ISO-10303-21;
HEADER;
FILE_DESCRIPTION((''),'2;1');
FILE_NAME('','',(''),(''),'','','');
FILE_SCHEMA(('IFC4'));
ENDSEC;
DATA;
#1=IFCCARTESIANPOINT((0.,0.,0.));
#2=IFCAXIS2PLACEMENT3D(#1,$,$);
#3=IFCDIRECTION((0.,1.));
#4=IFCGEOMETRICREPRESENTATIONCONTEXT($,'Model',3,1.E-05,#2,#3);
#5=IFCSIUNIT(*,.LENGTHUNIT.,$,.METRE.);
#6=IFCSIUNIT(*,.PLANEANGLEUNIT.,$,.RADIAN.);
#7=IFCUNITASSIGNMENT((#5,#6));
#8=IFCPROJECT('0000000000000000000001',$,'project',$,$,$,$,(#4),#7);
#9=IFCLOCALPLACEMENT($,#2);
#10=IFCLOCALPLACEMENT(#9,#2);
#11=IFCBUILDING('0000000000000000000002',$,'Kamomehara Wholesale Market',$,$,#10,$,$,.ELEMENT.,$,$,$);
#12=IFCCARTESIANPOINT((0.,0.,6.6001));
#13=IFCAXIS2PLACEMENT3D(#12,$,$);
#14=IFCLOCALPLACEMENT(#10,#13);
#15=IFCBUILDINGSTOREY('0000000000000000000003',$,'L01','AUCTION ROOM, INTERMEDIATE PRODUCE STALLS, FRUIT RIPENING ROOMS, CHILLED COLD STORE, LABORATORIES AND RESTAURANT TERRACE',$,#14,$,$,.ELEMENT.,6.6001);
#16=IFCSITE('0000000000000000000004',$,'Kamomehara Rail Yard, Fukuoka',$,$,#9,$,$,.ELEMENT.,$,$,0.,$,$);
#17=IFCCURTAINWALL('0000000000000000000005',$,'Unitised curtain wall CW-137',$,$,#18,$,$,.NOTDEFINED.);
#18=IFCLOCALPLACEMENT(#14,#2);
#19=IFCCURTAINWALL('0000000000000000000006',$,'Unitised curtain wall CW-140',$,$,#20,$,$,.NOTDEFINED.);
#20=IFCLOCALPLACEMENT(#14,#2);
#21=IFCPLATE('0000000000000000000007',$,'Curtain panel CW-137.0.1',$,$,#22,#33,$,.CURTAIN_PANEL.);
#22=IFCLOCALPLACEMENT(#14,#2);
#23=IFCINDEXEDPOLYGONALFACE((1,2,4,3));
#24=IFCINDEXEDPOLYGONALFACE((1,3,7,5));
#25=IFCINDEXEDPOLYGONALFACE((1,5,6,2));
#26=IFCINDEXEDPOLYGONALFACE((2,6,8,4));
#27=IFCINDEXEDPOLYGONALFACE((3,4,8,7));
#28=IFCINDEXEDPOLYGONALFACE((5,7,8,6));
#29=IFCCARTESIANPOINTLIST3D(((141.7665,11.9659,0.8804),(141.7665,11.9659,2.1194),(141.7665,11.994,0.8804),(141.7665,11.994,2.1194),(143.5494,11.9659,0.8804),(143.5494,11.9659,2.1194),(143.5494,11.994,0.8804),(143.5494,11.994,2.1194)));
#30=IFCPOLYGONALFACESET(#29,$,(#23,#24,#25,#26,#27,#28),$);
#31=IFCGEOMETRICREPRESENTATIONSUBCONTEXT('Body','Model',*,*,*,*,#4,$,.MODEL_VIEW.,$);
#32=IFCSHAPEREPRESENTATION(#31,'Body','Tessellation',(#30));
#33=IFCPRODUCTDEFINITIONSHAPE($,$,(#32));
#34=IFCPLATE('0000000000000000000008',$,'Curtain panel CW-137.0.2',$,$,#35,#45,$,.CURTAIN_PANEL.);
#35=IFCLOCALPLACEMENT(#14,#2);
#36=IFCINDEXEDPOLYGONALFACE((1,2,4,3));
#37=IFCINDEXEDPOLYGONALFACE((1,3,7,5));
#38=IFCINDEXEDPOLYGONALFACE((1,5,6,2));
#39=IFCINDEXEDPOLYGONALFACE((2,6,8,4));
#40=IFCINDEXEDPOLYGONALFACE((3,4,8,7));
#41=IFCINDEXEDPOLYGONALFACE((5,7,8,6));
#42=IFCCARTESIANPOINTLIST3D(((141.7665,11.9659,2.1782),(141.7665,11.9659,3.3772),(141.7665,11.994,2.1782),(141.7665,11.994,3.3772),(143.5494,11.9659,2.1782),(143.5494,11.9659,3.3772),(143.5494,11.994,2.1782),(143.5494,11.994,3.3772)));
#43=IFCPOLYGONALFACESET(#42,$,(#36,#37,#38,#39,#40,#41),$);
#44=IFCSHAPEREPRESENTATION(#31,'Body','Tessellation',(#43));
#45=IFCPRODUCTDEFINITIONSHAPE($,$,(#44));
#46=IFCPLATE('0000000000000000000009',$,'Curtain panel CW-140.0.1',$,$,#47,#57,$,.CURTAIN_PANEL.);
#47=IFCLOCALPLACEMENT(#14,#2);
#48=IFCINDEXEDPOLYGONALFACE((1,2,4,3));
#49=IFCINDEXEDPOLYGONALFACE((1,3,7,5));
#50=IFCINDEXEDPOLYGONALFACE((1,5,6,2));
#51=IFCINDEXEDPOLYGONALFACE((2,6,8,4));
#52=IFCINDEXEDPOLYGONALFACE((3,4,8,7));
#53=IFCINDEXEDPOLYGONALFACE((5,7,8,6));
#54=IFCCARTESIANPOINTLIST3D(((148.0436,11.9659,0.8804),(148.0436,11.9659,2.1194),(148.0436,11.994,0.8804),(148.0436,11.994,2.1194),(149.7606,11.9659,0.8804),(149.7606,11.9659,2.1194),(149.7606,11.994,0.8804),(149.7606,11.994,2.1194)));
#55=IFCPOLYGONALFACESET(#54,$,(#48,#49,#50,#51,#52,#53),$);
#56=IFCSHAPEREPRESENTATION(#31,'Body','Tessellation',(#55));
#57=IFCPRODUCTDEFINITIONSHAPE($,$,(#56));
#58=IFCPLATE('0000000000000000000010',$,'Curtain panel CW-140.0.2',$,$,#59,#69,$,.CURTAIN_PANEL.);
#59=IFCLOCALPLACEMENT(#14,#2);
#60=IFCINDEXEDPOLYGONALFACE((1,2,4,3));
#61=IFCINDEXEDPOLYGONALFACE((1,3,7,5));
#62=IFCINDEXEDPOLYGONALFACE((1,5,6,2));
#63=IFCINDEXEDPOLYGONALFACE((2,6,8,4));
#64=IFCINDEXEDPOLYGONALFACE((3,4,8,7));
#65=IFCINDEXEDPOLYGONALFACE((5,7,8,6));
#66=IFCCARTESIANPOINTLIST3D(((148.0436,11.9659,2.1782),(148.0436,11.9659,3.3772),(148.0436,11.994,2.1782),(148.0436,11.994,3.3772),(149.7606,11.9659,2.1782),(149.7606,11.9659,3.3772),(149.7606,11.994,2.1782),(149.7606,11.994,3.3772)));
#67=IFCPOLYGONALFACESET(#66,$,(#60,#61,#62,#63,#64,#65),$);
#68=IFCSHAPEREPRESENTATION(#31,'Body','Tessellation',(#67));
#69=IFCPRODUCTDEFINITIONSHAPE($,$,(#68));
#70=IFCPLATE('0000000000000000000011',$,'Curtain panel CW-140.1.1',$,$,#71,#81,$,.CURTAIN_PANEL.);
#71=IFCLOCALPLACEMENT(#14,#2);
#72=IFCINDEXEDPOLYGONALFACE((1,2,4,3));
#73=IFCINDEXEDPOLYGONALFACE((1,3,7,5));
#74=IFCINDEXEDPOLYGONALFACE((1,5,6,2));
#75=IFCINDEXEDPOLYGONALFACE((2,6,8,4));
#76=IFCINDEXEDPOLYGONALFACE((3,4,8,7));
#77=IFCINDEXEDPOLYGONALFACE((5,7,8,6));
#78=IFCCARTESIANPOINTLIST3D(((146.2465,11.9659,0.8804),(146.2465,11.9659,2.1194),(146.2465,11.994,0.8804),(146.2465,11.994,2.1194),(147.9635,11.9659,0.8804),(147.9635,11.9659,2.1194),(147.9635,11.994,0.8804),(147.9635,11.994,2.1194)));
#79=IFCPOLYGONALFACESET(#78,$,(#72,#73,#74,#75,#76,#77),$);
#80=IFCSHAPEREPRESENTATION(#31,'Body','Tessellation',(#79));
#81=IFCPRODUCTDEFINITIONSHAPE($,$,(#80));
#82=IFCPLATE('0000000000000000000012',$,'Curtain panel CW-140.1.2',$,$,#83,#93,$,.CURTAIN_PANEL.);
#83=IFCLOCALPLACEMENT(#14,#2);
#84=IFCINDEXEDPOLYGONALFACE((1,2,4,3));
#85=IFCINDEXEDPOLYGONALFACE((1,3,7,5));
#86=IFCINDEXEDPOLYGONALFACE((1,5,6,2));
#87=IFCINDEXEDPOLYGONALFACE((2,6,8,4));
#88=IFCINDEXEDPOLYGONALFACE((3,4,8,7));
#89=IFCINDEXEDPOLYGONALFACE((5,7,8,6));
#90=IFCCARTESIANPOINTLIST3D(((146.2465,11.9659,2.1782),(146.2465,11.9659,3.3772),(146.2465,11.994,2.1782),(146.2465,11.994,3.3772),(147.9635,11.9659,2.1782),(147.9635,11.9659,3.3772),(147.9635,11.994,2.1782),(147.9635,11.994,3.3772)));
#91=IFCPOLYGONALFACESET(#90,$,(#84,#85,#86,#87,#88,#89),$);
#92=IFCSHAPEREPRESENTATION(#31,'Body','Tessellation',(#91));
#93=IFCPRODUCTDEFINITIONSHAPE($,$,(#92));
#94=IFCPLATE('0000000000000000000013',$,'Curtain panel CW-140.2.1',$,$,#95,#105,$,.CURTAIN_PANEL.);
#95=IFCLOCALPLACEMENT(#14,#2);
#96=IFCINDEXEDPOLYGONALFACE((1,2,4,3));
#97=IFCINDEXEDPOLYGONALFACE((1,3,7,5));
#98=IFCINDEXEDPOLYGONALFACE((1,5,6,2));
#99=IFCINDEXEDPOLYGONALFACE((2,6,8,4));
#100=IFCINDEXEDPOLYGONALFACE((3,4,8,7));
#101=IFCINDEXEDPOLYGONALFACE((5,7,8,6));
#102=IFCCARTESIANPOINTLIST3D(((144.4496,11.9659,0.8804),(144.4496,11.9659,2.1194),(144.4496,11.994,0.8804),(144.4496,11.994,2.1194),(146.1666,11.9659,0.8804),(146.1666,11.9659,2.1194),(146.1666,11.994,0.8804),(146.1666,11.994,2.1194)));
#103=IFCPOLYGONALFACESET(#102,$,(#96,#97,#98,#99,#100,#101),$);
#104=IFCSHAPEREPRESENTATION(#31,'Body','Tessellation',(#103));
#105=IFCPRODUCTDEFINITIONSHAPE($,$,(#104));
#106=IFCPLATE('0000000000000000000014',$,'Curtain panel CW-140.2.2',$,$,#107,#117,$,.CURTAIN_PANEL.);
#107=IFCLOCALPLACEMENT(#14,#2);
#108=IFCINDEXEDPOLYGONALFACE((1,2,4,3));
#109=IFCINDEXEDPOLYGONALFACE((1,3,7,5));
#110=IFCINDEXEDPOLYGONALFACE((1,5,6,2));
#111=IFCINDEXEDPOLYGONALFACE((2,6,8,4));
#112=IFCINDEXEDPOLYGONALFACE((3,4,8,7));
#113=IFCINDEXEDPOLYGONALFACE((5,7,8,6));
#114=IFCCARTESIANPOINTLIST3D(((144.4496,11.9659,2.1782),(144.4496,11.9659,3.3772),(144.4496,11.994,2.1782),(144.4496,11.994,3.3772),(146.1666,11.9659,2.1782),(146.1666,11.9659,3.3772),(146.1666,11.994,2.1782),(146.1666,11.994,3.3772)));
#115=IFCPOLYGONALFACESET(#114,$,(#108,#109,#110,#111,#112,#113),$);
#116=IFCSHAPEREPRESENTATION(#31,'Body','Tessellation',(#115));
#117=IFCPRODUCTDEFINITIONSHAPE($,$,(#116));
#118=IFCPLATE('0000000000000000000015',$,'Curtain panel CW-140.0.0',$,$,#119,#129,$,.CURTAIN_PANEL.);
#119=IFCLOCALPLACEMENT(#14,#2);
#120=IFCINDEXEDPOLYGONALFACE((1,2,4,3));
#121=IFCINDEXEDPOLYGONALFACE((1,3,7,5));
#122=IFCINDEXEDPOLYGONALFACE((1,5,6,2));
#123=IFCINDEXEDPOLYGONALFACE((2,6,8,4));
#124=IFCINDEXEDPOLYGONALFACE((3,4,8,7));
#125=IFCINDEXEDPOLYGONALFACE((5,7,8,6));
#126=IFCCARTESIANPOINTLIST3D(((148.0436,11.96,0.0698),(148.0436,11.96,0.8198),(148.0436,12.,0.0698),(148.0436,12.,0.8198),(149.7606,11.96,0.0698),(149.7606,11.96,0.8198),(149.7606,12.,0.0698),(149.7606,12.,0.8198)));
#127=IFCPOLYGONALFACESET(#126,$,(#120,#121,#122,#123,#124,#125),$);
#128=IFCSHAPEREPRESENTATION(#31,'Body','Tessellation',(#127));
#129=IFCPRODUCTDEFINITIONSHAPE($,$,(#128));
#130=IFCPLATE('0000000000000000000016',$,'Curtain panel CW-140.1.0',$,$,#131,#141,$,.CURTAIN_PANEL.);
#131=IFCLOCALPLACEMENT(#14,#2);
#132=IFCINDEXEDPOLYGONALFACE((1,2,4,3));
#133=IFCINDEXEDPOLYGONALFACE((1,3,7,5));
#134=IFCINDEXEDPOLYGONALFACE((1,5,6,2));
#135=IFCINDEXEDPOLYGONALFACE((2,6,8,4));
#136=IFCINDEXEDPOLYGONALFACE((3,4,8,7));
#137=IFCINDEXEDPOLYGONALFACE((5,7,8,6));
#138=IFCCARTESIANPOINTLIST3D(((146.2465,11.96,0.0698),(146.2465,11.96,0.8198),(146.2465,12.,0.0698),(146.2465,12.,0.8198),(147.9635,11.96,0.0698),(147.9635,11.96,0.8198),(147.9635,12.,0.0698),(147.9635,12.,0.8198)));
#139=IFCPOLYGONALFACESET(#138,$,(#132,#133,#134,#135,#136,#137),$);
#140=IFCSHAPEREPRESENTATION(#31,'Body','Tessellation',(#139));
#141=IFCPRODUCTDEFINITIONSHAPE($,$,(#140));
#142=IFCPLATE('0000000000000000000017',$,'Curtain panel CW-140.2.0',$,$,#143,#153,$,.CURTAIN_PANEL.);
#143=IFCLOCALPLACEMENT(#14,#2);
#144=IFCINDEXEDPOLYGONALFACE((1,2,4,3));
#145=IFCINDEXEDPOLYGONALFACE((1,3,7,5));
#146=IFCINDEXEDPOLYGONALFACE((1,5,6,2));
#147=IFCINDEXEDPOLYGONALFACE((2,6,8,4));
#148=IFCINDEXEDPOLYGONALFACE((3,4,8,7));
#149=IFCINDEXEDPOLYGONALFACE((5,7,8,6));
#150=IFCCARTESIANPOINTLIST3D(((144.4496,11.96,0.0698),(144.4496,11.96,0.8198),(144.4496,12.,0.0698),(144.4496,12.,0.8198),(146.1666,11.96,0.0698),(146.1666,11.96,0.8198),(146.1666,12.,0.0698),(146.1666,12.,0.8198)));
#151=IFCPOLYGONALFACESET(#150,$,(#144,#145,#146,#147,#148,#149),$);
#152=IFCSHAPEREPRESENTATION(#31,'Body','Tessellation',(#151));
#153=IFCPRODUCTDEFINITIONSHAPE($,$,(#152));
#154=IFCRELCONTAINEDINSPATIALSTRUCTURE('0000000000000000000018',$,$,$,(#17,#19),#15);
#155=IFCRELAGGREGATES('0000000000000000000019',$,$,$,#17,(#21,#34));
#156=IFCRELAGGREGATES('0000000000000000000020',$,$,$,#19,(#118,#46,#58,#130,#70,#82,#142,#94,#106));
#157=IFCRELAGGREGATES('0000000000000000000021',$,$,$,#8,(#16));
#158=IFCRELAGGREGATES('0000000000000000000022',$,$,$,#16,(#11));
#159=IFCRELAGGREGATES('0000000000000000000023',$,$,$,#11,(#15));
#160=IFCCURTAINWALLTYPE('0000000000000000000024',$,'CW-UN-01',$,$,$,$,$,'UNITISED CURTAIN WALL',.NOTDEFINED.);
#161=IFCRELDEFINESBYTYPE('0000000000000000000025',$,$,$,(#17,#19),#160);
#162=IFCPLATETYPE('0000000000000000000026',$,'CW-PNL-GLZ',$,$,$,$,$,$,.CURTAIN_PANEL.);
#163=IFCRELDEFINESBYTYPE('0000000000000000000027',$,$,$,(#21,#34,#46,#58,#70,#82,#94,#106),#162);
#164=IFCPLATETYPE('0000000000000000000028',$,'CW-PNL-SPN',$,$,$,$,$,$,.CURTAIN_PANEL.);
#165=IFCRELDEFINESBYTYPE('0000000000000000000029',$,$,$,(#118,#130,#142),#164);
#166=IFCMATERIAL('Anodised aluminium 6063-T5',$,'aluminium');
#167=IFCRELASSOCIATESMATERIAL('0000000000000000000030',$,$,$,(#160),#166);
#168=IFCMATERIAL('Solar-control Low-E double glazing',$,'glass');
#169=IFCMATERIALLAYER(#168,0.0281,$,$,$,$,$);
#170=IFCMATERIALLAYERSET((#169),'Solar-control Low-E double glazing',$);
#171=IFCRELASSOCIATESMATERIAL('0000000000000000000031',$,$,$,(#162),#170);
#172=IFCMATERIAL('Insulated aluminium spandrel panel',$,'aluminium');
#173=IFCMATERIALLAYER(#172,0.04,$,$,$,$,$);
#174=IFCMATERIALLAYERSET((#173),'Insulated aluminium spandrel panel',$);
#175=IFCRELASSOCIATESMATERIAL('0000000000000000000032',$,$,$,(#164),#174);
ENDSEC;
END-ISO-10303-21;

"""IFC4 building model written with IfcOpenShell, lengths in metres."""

from ifc_helpers import new_model, si_unit, direction, frame, origin, origin_2d, place, context, subcontext, project, spatial, rectangle, extrude, material, layer, layer_set, type_object, element, aggregate, save


model = new_model("IFC4")

# Units and contexts
model_context = context("Model", 3, precision=1e-05, world=origin(), true_north=direction((0.0, 1.0)))
body_context = subcontext(model_context, "Body", "Model", "MODEL_VIEW")
ifc_project = project(units=[si_unit("LENGTHUNIT", "METRE"), si_unit("PLANEANGLEUNIT", "RADIAN")], contexts=[model_context])

# Site, building, storey
site_placement = place(None, origin())
site = spatial("IfcSite", under=ifc_project, at=site_placement, Name="Kamomehara Rail Yard, Fukuoka", CompositionType="ELEMENT", RefElevation=0.0)
building_placement = place(site_placement, origin())
building = spatial("IfcBuilding", under=site, at=building_placement, Name="Kamomehara Wholesale Market", CompositionType="ELEMENT")
storey_placement = place(building_placement, frame((0.0, 0.0, 6.6001)))
storey = spatial("IfcBuildingStorey", under=building, at=storey_placement, Name="L01", Description="AUCTION ROOM, INTERMEDIATE PRODUCE STALLS, FRUIT RIPENING ROOMS, CHILLED COLD STORE, LABORATORIES AND RESTAURANT TERRACE", CompositionType="ELEMENT", Elevation=6.6001)

# Curtain wall
ifc_material_1 = material(Name="Anodised aluminium 6063-T5", Category="aluminium")
curtain_wall_type = type_object("IfcCurtainWallType", Name="CW-UN-01", ElementType="UNITISED CURTAIN WALL", PredefinedType="NOTDEFINED", material=ifc_material_1)
curtain_wall_1_placement = place(storey_placement, origin())
curtain_wall_1 = element("IfcCurtainWall", 1, at=curtain_wall_1_placement, inside=storey, type_object=curtain_wall_type, Name="Unitised curtain wall CW-137", PredefinedType="NOTDEFINED")

# Curtain wall
curtain_wall_2_placement = place(storey_placement, origin())
curtain_wall_2 = element("IfcCurtainWall", 2, at=curtain_wall_2_placement, inside=storey, type_object=curtain_wall_type, Name="Unitised curtain wall CW-140", PredefinedType="NOTDEFINED")

# Plates
ifc_material_2 = material(Name="Solar-control Low-E double glazing", Category="glass")
ifc_layer_1 = layer(ifc_material_2, 0.0281)
ifc_layer_set_1 = layer_set([ifc_layer_1], Name="Solar-control Low-E double glazing")
plate_type_1 = type_object("IfcPlateType", Name="CW-PNL-GLZ", PredefinedType="CURTAIN_PANEL", material=ifc_layer_set_1)
plate_1_placement = place(storey_placement, frame((142.658, 11.98, 0.8804), z_axis=(0.0, 0.0, 1.0), x_axis=(-1.0, 0.0, 0.0)))
plate_1 = element("IfcPlate", 3, at=plate_1_placement, type_object=plate_type_1, Name="Curtain panel CW-137.0.1", PredefinedType="CURTAIN_PANEL", context=body_context, shape_type="SweptSolid", body=[
    extrude(rectangle(XDim=1.783, YDim=0.0281, at=origin_2d()), origin(), (0.0, 0.0, 1.0), 1.239),
])
plate_2_placement = place(storey_placement, frame((142.658, 11.98, 2.1782), z_axis=(0.0, 0.0, 1.0), x_axis=(-1.0, 0.0, 0.0)))
plate_2 = element("IfcPlate", 4, at=plate_2_placement, type_object=plate_type_1, Name="Curtain panel CW-137.0.2", PredefinedType="CURTAIN_PANEL", context=body_context, shape_type="SweptSolid", body=[
    extrude(rectangle(XDim=1.783, YDim=0.0281, at=origin_2d()), origin(), (0.0, 0.0, 1.0), 1.199),
])
aggregate(curtain_wall_1, [plate_1, plate_2])
plate_3_placement = place(storey_placement, frame((148.9021, 11.98, 0.8804), z_axis=(0.0, 0.0, 1.0), x_axis=(-1.0, 0.0, 0.0)))
plate_3 = element("IfcPlate", 5, at=plate_3_placement, type_object=plate_type_1, Name="Curtain panel CW-140.0.1", PredefinedType="CURTAIN_PANEL", context=body_context, shape_type="SweptSolid", body=[
    extrude(rectangle(XDim=1.717, YDim=0.0281, at=origin_2d()), origin(), (0.0, 0.0, 1.0), 1.239),
])
plate_4_placement = place(storey_placement, frame((148.9021, 11.98, 2.1782), z_axis=(0.0, 0.0, 1.0), x_axis=(-1.0, 0.0, 0.0)))
plate_4 = element("IfcPlate", 6, at=plate_4_placement, type_object=plate_type_1, Name="Curtain panel CW-140.0.2", PredefinedType="CURTAIN_PANEL", context=body_context, shape_type="SweptSolid", body=[
    extrude(rectangle(XDim=1.717, YDim=0.0281, at=origin_2d()), origin(), (0.0, 0.0, 1.0), 1.199),
])
plate_5_placement = place(storey_placement, frame((147.105, 11.98, 0.8804), z_axis=(0.0, 0.0, 1.0), x_axis=(-1.0, 0.0, 0.0)))
plate_5 = element("IfcPlate", 7, at=plate_5_placement, type_object=plate_type_1, Name="Curtain panel CW-140.1.1", PredefinedType="CURTAIN_PANEL", context=body_context, shape_type="SweptSolid", body=[
    extrude(rectangle(XDim=1.717, YDim=0.0281, at=origin_2d()), origin(), (0.0, 0.0, 1.0), 1.239),
])
plate_6_placement = place(storey_placement, frame((147.105, 11.98, 2.1782), z_axis=(0.0, 0.0, 1.0), x_axis=(-1.0, 0.0, 0.0)))
plate_6 = element("IfcPlate", 8, at=plate_6_placement, type_object=plate_type_1, Name="Curtain panel CW-140.1.2", PredefinedType="CURTAIN_PANEL", context=body_context, shape_type="SweptSolid", body=[
    extrude(rectangle(XDim=1.717, YDim=0.0281, at=origin_2d()), origin(), (0.0, 0.0, 1.0), 1.199),
])
plate_7_placement = place(storey_placement, frame((145.3081, 11.98, 0.8804), z_axis=(0.0, 0.0, 1.0), x_axis=(-1.0, 0.0, 0.0)))
plate_7 = element("IfcPlate", 9, at=plate_7_placement, type_object=plate_type_1, Name="Curtain panel CW-140.2.1", PredefinedType="CURTAIN_PANEL", context=body_context, shape_type="SweptSolid", body=[
    extrude(rectangle(XDim=1.717, YDim=0.0281, at=origin_2d()), origin(), (0.0, 0.0, 1.0), 1.239),
])
plate_8_placement = place(storey_placement, frame((145.3081, 11.98, 2.1782), z_axis=(0.0, 0.0, 1.0), x_axis=(-1.0, 0.0, 0.0)))
plate_8 = element("IfcPlate", 10, at=plate_8_placement, type_object=plate_type_1, Name="Curtain panel CW-140.2.2", PredefinedType="CURTAIN_PANEL", context=body_context, shape_type="SweptSolid", body=[
    extrude(rectangle(XDim=1.717, YDim=0.0281, at=origin_2d()), origin(), (0.0, 0.0, 1.0), 1.199),
])
ifc_material_3 = material(Name="Insulated aluminium spandrel panel", Category="aluminium")
ifc_layer_2 = layer(ifc_material_3, 0.04)
ifc_layer_set_2 = layer_set([ifc_layer_2], Name="Insulated aluminium spandrel panel")
plate_type_2 = type_object("IfcPlateType", Name="CW-PNL-SPN", PredefinedType="CURTAIN_PANEL", material=ifc_layer_set_2)
plate_9_placement = place(storey_placement, frame((148.9021, 11.98, 0.0698), z_axis=(0.0, 0.0, 1.0), x_axis=(-1.0, 0.0, 0.0)))
plate_9 = element("IfcPlate", 11, at=plate_9_placement, type_object=plate_type_2, Name="Curtain panel CW-140.0.0", PredefinedType="CURTAIN_PANEL", context=body_context, shape_type="SweptSolid", body=[
    extrude(rectangle(XDim=1.717, YDim=0.04, at=origin_2d()), origin(), (0.0, 0.0, 1.0), 0.75),
])
plate_10_placement = place(storey_placement, frame((147.105, 11.98, 0.0698), z_axis=(0.0, 0.0, 1.0), x_axis=(-1.0, 0.0, 0.0)))
plate_10 = element("IfcPlate", 12, at=plate_10_placement, type_object=plate_type_2, Name="Curtain panel CW-140.1.0", PredefinedType="CURTAIN_PANEL", context=body_context, shape_type="SweptSolid", body=[
    extrude(rectangle(XDim=1.717, YDim=0.04, at=origin_2d()), origin(), (0.0, 0.0, 1.0), 0.75),
])
plate_11_placement = place(storey_placement, frame((145.3081, 11.98, 0.0698), z_axis=(0.0, 0.0, 1.0), x_axis=(-1.0, 0.0, 0.0)))
plate_11 = element("IfcPlate", 13, at=plate_11_placement, type_object=plate_type_2, Name="Curtain panel CW-140.2.0", PredefinedType="CURTAIN_PANEL", context=body_context, shape_type="SweptSolid", body=[
    extrude(rectangle(XDim=1.717, YDim=0.04, at=origin_2d()), origin(), (0.0, 0.0, 1.0), 0.75),
])
aggregate(curtain_wall_2, [plate_9, plate_3, plate_4, plate_10, plate_5, plate_6, plate_11, plate_7, plate_8])

save(model, "model.ifc")
